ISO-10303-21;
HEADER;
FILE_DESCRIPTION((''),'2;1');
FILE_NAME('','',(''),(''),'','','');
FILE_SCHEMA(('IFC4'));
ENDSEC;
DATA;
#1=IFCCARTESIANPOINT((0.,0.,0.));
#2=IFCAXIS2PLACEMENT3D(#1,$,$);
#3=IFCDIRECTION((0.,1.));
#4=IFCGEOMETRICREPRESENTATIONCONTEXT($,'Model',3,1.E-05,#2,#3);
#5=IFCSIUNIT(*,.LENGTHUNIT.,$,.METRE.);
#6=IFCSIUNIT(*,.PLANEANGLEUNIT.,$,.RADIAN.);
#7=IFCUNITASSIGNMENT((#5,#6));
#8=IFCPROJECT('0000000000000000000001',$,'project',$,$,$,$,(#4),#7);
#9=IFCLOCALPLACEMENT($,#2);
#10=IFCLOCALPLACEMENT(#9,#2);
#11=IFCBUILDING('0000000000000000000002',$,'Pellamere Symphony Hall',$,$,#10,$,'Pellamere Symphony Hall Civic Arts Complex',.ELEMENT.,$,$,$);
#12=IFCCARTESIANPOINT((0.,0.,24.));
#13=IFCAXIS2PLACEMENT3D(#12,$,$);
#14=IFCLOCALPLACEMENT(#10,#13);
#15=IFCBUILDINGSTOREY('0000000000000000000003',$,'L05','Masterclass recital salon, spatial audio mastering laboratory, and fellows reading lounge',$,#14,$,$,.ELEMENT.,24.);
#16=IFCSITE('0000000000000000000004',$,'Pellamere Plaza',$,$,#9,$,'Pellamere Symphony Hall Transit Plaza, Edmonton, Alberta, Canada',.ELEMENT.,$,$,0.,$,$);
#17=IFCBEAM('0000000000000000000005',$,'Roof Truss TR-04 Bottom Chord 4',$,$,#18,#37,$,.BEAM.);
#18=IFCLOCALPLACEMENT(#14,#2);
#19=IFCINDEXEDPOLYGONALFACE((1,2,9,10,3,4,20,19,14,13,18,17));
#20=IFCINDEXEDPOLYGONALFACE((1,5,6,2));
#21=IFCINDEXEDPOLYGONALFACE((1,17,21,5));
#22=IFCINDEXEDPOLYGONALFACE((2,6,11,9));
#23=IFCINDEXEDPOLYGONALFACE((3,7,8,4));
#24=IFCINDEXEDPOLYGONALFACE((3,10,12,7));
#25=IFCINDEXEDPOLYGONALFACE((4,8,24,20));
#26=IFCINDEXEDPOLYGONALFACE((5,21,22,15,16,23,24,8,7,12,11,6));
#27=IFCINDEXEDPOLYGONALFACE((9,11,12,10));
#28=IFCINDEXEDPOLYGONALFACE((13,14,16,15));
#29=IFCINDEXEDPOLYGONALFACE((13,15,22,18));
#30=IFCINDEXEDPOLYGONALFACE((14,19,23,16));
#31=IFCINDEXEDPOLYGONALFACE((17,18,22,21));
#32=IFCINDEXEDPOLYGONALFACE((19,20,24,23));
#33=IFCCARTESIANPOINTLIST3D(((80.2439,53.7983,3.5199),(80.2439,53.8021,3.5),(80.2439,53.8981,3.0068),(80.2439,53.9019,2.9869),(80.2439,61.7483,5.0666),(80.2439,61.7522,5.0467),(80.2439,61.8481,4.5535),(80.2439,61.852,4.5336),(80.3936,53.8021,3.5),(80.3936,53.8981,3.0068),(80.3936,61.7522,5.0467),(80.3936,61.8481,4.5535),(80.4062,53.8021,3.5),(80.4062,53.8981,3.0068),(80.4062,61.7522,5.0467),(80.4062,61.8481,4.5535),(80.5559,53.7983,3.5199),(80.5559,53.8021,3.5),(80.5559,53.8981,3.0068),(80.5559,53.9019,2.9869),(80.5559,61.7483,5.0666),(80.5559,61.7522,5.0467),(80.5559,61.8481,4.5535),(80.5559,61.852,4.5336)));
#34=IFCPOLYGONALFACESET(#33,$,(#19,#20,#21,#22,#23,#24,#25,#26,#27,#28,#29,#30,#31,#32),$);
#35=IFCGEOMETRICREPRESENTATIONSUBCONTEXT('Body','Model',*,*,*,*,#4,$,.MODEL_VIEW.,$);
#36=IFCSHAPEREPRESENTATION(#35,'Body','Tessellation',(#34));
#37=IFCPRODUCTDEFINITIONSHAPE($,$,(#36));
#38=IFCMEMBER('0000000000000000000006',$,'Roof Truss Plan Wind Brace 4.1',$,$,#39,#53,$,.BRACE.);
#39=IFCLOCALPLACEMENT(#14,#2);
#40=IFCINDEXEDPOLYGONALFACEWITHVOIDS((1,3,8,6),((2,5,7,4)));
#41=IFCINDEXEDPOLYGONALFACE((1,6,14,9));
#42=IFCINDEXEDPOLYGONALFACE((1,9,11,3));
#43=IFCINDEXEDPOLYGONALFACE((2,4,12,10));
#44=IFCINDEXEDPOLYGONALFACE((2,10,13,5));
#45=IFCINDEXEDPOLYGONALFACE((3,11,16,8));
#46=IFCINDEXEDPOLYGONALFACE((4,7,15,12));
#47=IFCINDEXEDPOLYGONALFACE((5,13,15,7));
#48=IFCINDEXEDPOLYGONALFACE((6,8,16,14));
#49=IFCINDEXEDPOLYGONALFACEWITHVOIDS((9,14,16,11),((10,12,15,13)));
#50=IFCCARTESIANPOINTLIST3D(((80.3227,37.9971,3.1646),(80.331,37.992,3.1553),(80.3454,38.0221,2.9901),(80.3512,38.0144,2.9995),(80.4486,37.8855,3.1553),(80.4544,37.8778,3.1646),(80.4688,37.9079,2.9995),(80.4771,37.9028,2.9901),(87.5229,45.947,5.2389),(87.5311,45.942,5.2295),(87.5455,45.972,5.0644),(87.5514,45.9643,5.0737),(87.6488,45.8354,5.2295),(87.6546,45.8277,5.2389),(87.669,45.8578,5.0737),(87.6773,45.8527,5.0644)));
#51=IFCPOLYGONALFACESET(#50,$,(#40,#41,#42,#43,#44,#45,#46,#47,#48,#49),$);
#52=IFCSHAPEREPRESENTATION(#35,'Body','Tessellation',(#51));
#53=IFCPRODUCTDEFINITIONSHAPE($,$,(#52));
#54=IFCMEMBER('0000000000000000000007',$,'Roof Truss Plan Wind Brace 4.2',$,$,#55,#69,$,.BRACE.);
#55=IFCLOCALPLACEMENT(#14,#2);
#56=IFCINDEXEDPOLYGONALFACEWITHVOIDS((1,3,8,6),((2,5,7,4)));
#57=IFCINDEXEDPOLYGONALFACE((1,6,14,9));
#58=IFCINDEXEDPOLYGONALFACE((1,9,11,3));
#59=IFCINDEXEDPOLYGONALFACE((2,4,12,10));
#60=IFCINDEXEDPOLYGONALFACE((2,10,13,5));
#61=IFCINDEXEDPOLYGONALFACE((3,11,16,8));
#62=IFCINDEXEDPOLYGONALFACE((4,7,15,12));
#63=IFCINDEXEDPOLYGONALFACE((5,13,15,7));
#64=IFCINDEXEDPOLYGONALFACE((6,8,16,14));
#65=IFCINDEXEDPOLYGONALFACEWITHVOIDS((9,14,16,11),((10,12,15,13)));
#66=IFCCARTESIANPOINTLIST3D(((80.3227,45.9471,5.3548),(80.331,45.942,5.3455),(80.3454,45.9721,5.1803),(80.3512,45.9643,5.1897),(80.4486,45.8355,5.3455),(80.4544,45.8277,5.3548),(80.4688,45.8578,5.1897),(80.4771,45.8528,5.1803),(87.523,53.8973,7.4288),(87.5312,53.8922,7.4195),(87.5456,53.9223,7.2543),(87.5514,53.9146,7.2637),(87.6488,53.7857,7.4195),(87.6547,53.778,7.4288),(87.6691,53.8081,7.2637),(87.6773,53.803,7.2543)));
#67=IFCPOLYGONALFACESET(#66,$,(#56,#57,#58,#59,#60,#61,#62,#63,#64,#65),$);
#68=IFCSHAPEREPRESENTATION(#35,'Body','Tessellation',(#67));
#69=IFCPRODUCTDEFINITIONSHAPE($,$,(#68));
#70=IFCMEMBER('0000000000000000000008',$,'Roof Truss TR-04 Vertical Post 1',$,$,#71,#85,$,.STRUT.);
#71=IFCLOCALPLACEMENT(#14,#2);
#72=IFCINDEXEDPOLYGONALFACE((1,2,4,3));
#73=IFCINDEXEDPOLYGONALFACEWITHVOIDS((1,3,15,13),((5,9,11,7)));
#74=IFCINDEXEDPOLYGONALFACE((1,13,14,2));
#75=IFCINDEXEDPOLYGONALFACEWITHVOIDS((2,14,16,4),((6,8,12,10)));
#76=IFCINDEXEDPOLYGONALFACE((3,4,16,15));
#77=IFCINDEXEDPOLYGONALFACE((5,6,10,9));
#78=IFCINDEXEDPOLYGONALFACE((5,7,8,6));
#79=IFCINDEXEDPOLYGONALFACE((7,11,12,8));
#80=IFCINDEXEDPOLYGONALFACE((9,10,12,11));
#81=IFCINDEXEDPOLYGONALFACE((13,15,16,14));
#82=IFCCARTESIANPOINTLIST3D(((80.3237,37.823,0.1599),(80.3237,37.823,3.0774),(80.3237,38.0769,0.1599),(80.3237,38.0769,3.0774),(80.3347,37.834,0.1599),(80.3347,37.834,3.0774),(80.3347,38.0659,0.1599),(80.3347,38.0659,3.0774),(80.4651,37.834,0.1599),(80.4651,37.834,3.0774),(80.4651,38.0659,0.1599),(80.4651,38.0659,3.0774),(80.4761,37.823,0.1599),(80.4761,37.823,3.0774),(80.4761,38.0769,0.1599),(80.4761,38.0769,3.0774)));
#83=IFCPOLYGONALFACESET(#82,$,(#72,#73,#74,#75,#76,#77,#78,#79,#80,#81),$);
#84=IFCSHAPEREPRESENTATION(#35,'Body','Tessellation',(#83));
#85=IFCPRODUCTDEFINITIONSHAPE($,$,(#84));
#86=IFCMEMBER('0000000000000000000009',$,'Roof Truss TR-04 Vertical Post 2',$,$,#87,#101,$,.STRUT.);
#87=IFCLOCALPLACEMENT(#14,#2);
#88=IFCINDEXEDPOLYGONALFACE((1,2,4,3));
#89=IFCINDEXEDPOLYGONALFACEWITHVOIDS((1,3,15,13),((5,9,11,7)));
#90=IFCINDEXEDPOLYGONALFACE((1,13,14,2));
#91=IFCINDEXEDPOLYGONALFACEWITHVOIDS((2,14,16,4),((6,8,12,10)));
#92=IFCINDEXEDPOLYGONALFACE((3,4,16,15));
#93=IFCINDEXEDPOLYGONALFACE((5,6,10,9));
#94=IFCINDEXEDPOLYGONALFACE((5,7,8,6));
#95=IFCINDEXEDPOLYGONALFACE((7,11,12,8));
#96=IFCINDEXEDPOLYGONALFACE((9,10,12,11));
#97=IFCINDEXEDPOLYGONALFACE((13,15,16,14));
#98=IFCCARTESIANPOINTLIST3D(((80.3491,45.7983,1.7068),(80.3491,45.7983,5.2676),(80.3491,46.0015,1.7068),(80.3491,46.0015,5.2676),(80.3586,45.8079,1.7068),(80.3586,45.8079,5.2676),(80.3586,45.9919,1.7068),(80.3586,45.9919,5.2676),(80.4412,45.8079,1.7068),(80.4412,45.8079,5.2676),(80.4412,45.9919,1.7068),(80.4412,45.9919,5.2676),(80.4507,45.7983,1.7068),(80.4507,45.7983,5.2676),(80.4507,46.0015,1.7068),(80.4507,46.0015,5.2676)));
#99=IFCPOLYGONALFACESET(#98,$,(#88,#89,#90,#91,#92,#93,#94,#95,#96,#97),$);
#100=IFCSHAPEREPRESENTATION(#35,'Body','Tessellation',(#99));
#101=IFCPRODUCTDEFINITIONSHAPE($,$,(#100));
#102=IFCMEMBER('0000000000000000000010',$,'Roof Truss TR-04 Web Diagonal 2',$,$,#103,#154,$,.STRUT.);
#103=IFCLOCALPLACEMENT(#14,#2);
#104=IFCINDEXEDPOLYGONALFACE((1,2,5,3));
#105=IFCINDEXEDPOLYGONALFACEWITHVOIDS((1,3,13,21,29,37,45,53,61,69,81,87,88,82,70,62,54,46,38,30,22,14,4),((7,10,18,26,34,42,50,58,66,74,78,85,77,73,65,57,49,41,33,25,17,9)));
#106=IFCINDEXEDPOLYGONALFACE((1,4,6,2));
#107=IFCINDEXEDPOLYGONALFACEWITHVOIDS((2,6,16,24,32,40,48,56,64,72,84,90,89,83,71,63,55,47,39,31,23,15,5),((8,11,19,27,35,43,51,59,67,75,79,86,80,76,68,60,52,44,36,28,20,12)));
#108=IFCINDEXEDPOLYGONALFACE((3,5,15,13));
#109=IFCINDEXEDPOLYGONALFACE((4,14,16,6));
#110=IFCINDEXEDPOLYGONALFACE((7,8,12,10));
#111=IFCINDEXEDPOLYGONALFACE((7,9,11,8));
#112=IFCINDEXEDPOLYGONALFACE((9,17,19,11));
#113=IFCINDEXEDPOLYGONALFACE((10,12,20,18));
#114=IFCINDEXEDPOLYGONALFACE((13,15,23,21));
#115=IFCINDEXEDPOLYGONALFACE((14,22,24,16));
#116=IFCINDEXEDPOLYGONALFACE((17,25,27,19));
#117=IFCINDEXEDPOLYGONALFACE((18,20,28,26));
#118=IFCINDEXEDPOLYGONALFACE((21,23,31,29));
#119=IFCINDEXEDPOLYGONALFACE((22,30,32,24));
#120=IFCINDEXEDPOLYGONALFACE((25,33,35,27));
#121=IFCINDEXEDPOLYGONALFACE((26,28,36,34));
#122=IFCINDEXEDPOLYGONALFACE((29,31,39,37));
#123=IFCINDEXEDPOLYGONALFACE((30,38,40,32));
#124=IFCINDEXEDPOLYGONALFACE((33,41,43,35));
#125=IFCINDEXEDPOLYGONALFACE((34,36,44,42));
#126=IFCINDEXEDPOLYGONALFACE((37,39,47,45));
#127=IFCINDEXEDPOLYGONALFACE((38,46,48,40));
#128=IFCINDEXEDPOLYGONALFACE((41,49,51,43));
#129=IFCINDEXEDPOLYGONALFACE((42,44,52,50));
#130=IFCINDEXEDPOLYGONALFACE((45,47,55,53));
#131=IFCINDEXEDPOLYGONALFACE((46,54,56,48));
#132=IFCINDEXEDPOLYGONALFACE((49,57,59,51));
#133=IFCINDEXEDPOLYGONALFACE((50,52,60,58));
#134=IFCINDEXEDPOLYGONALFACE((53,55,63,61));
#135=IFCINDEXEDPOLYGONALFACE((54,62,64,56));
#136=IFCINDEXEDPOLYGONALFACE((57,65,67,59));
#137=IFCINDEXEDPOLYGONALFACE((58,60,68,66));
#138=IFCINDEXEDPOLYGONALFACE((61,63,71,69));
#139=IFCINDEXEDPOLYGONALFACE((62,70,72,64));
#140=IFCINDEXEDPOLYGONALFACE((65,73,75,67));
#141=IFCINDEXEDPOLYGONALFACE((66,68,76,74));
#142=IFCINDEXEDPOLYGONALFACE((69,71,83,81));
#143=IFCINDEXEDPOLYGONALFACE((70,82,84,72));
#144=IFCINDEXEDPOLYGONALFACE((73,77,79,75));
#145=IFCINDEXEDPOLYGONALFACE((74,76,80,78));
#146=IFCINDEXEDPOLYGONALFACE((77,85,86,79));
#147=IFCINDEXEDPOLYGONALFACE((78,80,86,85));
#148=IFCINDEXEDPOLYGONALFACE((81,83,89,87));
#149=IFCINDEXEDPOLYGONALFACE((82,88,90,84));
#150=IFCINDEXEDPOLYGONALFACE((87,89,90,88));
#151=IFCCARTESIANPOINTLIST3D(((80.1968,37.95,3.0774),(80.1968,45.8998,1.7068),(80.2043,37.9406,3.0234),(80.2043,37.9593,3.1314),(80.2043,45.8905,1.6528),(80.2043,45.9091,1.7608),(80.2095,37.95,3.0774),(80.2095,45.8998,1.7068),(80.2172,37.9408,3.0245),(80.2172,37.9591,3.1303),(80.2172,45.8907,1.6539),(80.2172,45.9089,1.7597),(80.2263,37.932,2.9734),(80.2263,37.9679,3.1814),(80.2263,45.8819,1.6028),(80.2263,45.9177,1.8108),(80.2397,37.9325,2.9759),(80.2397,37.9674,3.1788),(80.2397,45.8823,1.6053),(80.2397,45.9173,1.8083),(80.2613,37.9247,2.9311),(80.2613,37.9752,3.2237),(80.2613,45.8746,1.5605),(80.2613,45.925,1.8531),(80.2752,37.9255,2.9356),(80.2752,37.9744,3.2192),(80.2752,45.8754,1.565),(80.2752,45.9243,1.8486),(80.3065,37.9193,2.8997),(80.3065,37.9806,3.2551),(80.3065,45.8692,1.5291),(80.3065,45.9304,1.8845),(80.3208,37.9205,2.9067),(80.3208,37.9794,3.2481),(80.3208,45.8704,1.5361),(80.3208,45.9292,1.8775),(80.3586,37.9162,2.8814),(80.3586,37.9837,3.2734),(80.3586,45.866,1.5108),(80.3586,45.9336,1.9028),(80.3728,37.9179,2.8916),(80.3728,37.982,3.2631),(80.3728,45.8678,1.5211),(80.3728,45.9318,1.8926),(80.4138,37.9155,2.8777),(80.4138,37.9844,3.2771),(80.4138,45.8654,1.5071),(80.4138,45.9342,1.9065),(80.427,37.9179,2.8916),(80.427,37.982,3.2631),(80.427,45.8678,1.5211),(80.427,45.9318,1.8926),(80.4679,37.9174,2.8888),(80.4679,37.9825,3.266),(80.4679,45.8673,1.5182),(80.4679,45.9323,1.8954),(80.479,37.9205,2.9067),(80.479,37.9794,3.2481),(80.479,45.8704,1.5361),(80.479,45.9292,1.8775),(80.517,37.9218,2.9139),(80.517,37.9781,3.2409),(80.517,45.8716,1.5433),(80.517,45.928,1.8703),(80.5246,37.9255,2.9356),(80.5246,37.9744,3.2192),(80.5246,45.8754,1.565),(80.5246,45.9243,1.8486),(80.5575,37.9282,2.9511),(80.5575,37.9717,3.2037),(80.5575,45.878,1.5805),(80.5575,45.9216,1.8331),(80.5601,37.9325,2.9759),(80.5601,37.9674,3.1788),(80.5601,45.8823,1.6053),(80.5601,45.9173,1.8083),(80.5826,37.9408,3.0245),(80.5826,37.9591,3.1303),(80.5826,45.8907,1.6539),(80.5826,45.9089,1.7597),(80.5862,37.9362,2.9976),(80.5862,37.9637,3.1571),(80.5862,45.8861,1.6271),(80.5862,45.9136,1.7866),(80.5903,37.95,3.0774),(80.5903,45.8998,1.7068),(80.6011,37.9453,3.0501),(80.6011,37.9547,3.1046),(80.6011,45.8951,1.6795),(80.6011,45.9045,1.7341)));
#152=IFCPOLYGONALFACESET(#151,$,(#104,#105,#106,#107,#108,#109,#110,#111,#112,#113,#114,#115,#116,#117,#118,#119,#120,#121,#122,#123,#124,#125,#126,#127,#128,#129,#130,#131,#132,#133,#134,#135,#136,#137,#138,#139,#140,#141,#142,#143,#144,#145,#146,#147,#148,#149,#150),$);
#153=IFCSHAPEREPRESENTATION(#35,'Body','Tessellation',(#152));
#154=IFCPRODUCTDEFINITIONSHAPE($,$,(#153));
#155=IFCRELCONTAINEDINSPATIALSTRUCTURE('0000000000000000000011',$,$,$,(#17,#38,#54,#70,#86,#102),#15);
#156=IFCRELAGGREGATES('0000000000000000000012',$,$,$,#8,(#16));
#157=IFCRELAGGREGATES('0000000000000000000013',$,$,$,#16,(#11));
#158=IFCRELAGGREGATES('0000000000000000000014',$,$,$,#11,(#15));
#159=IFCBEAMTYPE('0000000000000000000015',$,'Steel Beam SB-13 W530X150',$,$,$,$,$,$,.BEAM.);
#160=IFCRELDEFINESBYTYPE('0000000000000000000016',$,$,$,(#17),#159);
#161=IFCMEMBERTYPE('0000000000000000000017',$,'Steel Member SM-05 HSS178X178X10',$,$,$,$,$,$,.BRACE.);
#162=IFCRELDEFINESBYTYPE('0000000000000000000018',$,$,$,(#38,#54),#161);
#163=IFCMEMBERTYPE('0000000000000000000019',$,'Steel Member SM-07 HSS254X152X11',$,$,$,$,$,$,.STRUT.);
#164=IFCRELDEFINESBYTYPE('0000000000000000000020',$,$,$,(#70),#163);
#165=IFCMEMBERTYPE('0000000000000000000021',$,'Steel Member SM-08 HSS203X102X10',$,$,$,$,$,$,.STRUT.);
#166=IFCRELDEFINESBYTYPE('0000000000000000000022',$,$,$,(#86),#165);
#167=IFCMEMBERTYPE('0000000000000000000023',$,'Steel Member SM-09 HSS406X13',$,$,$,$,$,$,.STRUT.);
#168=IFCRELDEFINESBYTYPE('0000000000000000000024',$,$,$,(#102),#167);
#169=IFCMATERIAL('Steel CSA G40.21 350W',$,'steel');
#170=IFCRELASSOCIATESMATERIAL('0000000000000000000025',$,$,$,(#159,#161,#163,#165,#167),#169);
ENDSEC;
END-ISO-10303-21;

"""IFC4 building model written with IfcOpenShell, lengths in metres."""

from ifc_helpers import new_model, si_unit, direction, frame, origin, origin_2d, place, context, subcontext, project, spatial, hollow_rectangle, hollow_circle, i_section, extrude, material, material_profile, profile_set, type_object, element, save


model = new_model("IFC4")

# Units and contexts
model_context = context("Model", 3, precision=1e-05, world=origin(), true_north=direction((0.0, 1.0)))
body_context = subcontext(model_context, "Body", "Model", "MODEL_VIEW")
ifc_project = project(units=[si_unit("LENGTHUNIT", "METRE"), si_unit("PLANEANGLEUNIT", "RADIAN")], contexts=[model_context])

# Site, building, storey
site_placement = place(None, origin())
site = spatial("IfcSite", under=ifc_project, at=site_placement, Name="Pellamere Plaza", LongName="Pellamere Symphony Hall Transit Plaza, Edmonton, Alberta, Canada", CompositionType="ELEMENT", RefElevation=0.0)
building_placement = place(site_placement, origin())
building = spatial("IfcBuilding", under=site, at=building_placement, Name="Pellamere Symphony Hall", LongName="Pellamere Symphony Hall Civic Arts Complex", CompositionType="ELEMENT")
storey_placement = place(building_placement, frame((0.0, 0.0, 24.0)))
storey = spatial("IfcBuildingStorey", under=building, at=storey_placement, Name="L05", Description="Masterclass recital salon, spatial audio mastering laboratory, and fellows reading lounge", CompositionType="ELEMENT", Elevation=24.0)

# Beam
ifc_material_1 = material(Name="Steel CSA G40.21 350W", Category="steel")
ifc_material_profile_1 = material_profile(ifc_material_1, i_section(OverallWidth=0.312, OverallDepth=0.543, WebThickness=0.0127, FlangeThickness=0.0203, at=origin_2d()), Name="W530X150")
ifc_profile_set_1 = profile_set([ifc_material_profile_1], Name="Steel CSA G40.21 350W")
beam_type_1 = type_object("IfcBeamType", Name="Steel Beam SB-13 W530X150", PredefinedType="BEAM", material=ifc_profile_set_1)
for number, where, z_axis, x_axis, name in (
    (1, (80.3999, 53.8501, 3.2534), (0.0, 0.981597, 0.190966), (-1.0, 0.0, 0.0), "Roof Truss TR-04 Bottom Chord 4"),
):
    element("IfcBeam", number, at=place(storey_placement, frame(where, z_axis=z_axis, x_axis=x_axis)), inside=storey, type_object=beam_type_1, Name=name, PredefinedType="BEAM", context=body_context, shape_type="SweptSolid", body=[
        extrude(i_section(OverallWidth=0.312, OverallDepth=0.543, WebThickness=0.0127, FlangeThickness=0.0203, at=origin_2d()), origin(), (0.0, 0.0, 1.0), 8.0991),
    ])

# Members
ifc_material_profile_2 = material_profile(ifc_material_1, hollow_rectangle(XDim=0.1777, YDim=0.1777, WallThickness=0.0095, at=origin_2d()), Name="HSS178X178X10")
ifc_profile_set_2 = profile_set([ifc_material_profile_2], Name="Steel CSA G40.21 350W")
member_type_1 = type_object("IfcMemberType", Name="Steel Member SM-05 HSS178X178X10", PredefinedType="BRACE", material=ifc_profile_set_2)
member_1_placement = place(storey_placement, frame((80.3999, 37.95, 3.0774), z_axis=(0.659081, 0.727711, 0.189867), x_axis=(-0.741193, 0.671292, 0.0)))
element("IfcMember", 2, at=member_1_placement, inside=storey, type_object=member_type_1, Name="Roof Truss Plan Wind Brace 4.1", PredefinedType="BRACE", context=body_context, shape_type="SweptSolid", body=[
    extrude(hollow_rectangle(XDim=0.1777, YDim=0.1777, WallThickness=0.0095, at=origin_2d()), origin(), (0.0, 0.0, 1.0), 10.9246),
])
member_2_placement = place(storey_placement, frame((80.3999, 45.8999, 5.2676), z_axis=(0.659073, 0.727724, 0.189842), x_axis=(-0.741204, 0.67128, 0.0)))
element("IfcMember", 3, at=member_2_placement, inside=storey, type_object=member_type_1, Name="Roof Truss Plan Wind Brace 4.2", PredefinedType="BRACE", context=body_context, shape_type="SweptSolid", body=[
    extrude(hollow_rectangle(XDim=0.1777, YDim=0.1777, WallThickness=0.0095, at=origin_2d()), origin(), (0.0, 0.0, 1.0), 10.9248),
])
ifc_material_profile_3 = material_profile(ifc_material_1, hollow_rectangle(XDim=0.1523, YDim=0.2539, WallThickness=0.011, at=origin_2d()), Name="HSS254X152X11")
ifc_profile_set_3 = profile_set([ifc_material_profile_3], Name="Steel CSA G40.21 350W")
member_type_2 = type_object("IfcMemberType", Name="Steel Member SM-07 HSS254X152X11", PredefinedType="STRUT", material=ifc_profile_set_3)
member_3_placement = place(storey_placement, frame((80.3999, 37.95, 0.1599), z_axis=(0.0, 0.0, 1.0), x_axis=(1.0, 0.0, 0.0)))
element("IfcMember", 4, at=member_3_placement, inside=storey, type_object=member_type_2, Name="Roof Truss TR-04 Vertical Post 1", PredefinedType="STRUT", context=body_context, shape_type="SweptSolid", body=[
    extrude(hollow_rectangle(XDim=0.1523, YDim=0.2539, WallThickness=0.011, at=origin_2d()), origin(), (0.0, 0.0, 1.0), 2.9175),
])
ifc_material_profile_4 = material_profile(ifc_material_1, hollow_rectangle(XDim=0.1016, YDim=0.2031, WallThickness=0.0095, at=origin_2d()), Name="HSS203X102X10")
ifc_profile_set_4 = profile_set([ifc_material_profile_4], Name="Steel CSA G40.21 350W")
member_type_3 = type_object("IfcMemberType", Name="Steel Member SM-08 HSS203X102X10", PredefinedType="STRUT", material=ifc_profile_set_4)
member_4_placement = place(storey_placement, frame((80.3999, 45.8999, 1.7068), z_axis=(0.0, 0.0, 1.0), x_axis=(1.0, 0.0, 0.0)))
element("IfcMember", 5, at=member_4_placement, inside=storey, type_object=member_type_3, Name="Roof Truss TR-04 Vertical Post 2", PredefinedType="STRUT", context=body_context, shape_type="SweptSolid", body=[
    extrude(hollow_rectangle(XDim=0.1016, YDim=0.2031, WallThickness=0.0095, at=origin_2d()), origin(), (0.0, 0.0, 1.0), 3.5608),
])
ifc_material_profile_5 = material_profile(ifc_material_1, hollow_circle(Radius=0.2031, WallThickness=0.0127, at=origin_2d()), Name="HSS406X13")
ifc_profile_set_5 = profile_set([ifc_material_profile_5], Name="Steel CSA G40.21 350W")
member_type_4 = type_object("IfcMemberType", Name="Steel Member SM-09 HSS406X13", PredefinedType="STRUT", material=ifc_profile_set_5)
member_5_placement = place(storey_placement, frame((80.3999, 37.95, 3.0774), z_axis=(0.0, 0.985462, -0.169898), x_axis=(-1.0, 0.0, 0.0)))
element("IfcMember", 6, at=member_5_placement, inside=storey, type_object=member_type_4, Name="Roof Truss TR-04 Web Diagonal 2", PredefinedType="STRUT", context=body_context, shape_type="SweptSolid", body=[
    extrude(hollow_circle(Radius=0.2031, WallThickness=0.0127, at=origin_2d()), origin(), (0.0, 0.0, 1.0), 8.0671),
])

save(model, "model.ifc")
